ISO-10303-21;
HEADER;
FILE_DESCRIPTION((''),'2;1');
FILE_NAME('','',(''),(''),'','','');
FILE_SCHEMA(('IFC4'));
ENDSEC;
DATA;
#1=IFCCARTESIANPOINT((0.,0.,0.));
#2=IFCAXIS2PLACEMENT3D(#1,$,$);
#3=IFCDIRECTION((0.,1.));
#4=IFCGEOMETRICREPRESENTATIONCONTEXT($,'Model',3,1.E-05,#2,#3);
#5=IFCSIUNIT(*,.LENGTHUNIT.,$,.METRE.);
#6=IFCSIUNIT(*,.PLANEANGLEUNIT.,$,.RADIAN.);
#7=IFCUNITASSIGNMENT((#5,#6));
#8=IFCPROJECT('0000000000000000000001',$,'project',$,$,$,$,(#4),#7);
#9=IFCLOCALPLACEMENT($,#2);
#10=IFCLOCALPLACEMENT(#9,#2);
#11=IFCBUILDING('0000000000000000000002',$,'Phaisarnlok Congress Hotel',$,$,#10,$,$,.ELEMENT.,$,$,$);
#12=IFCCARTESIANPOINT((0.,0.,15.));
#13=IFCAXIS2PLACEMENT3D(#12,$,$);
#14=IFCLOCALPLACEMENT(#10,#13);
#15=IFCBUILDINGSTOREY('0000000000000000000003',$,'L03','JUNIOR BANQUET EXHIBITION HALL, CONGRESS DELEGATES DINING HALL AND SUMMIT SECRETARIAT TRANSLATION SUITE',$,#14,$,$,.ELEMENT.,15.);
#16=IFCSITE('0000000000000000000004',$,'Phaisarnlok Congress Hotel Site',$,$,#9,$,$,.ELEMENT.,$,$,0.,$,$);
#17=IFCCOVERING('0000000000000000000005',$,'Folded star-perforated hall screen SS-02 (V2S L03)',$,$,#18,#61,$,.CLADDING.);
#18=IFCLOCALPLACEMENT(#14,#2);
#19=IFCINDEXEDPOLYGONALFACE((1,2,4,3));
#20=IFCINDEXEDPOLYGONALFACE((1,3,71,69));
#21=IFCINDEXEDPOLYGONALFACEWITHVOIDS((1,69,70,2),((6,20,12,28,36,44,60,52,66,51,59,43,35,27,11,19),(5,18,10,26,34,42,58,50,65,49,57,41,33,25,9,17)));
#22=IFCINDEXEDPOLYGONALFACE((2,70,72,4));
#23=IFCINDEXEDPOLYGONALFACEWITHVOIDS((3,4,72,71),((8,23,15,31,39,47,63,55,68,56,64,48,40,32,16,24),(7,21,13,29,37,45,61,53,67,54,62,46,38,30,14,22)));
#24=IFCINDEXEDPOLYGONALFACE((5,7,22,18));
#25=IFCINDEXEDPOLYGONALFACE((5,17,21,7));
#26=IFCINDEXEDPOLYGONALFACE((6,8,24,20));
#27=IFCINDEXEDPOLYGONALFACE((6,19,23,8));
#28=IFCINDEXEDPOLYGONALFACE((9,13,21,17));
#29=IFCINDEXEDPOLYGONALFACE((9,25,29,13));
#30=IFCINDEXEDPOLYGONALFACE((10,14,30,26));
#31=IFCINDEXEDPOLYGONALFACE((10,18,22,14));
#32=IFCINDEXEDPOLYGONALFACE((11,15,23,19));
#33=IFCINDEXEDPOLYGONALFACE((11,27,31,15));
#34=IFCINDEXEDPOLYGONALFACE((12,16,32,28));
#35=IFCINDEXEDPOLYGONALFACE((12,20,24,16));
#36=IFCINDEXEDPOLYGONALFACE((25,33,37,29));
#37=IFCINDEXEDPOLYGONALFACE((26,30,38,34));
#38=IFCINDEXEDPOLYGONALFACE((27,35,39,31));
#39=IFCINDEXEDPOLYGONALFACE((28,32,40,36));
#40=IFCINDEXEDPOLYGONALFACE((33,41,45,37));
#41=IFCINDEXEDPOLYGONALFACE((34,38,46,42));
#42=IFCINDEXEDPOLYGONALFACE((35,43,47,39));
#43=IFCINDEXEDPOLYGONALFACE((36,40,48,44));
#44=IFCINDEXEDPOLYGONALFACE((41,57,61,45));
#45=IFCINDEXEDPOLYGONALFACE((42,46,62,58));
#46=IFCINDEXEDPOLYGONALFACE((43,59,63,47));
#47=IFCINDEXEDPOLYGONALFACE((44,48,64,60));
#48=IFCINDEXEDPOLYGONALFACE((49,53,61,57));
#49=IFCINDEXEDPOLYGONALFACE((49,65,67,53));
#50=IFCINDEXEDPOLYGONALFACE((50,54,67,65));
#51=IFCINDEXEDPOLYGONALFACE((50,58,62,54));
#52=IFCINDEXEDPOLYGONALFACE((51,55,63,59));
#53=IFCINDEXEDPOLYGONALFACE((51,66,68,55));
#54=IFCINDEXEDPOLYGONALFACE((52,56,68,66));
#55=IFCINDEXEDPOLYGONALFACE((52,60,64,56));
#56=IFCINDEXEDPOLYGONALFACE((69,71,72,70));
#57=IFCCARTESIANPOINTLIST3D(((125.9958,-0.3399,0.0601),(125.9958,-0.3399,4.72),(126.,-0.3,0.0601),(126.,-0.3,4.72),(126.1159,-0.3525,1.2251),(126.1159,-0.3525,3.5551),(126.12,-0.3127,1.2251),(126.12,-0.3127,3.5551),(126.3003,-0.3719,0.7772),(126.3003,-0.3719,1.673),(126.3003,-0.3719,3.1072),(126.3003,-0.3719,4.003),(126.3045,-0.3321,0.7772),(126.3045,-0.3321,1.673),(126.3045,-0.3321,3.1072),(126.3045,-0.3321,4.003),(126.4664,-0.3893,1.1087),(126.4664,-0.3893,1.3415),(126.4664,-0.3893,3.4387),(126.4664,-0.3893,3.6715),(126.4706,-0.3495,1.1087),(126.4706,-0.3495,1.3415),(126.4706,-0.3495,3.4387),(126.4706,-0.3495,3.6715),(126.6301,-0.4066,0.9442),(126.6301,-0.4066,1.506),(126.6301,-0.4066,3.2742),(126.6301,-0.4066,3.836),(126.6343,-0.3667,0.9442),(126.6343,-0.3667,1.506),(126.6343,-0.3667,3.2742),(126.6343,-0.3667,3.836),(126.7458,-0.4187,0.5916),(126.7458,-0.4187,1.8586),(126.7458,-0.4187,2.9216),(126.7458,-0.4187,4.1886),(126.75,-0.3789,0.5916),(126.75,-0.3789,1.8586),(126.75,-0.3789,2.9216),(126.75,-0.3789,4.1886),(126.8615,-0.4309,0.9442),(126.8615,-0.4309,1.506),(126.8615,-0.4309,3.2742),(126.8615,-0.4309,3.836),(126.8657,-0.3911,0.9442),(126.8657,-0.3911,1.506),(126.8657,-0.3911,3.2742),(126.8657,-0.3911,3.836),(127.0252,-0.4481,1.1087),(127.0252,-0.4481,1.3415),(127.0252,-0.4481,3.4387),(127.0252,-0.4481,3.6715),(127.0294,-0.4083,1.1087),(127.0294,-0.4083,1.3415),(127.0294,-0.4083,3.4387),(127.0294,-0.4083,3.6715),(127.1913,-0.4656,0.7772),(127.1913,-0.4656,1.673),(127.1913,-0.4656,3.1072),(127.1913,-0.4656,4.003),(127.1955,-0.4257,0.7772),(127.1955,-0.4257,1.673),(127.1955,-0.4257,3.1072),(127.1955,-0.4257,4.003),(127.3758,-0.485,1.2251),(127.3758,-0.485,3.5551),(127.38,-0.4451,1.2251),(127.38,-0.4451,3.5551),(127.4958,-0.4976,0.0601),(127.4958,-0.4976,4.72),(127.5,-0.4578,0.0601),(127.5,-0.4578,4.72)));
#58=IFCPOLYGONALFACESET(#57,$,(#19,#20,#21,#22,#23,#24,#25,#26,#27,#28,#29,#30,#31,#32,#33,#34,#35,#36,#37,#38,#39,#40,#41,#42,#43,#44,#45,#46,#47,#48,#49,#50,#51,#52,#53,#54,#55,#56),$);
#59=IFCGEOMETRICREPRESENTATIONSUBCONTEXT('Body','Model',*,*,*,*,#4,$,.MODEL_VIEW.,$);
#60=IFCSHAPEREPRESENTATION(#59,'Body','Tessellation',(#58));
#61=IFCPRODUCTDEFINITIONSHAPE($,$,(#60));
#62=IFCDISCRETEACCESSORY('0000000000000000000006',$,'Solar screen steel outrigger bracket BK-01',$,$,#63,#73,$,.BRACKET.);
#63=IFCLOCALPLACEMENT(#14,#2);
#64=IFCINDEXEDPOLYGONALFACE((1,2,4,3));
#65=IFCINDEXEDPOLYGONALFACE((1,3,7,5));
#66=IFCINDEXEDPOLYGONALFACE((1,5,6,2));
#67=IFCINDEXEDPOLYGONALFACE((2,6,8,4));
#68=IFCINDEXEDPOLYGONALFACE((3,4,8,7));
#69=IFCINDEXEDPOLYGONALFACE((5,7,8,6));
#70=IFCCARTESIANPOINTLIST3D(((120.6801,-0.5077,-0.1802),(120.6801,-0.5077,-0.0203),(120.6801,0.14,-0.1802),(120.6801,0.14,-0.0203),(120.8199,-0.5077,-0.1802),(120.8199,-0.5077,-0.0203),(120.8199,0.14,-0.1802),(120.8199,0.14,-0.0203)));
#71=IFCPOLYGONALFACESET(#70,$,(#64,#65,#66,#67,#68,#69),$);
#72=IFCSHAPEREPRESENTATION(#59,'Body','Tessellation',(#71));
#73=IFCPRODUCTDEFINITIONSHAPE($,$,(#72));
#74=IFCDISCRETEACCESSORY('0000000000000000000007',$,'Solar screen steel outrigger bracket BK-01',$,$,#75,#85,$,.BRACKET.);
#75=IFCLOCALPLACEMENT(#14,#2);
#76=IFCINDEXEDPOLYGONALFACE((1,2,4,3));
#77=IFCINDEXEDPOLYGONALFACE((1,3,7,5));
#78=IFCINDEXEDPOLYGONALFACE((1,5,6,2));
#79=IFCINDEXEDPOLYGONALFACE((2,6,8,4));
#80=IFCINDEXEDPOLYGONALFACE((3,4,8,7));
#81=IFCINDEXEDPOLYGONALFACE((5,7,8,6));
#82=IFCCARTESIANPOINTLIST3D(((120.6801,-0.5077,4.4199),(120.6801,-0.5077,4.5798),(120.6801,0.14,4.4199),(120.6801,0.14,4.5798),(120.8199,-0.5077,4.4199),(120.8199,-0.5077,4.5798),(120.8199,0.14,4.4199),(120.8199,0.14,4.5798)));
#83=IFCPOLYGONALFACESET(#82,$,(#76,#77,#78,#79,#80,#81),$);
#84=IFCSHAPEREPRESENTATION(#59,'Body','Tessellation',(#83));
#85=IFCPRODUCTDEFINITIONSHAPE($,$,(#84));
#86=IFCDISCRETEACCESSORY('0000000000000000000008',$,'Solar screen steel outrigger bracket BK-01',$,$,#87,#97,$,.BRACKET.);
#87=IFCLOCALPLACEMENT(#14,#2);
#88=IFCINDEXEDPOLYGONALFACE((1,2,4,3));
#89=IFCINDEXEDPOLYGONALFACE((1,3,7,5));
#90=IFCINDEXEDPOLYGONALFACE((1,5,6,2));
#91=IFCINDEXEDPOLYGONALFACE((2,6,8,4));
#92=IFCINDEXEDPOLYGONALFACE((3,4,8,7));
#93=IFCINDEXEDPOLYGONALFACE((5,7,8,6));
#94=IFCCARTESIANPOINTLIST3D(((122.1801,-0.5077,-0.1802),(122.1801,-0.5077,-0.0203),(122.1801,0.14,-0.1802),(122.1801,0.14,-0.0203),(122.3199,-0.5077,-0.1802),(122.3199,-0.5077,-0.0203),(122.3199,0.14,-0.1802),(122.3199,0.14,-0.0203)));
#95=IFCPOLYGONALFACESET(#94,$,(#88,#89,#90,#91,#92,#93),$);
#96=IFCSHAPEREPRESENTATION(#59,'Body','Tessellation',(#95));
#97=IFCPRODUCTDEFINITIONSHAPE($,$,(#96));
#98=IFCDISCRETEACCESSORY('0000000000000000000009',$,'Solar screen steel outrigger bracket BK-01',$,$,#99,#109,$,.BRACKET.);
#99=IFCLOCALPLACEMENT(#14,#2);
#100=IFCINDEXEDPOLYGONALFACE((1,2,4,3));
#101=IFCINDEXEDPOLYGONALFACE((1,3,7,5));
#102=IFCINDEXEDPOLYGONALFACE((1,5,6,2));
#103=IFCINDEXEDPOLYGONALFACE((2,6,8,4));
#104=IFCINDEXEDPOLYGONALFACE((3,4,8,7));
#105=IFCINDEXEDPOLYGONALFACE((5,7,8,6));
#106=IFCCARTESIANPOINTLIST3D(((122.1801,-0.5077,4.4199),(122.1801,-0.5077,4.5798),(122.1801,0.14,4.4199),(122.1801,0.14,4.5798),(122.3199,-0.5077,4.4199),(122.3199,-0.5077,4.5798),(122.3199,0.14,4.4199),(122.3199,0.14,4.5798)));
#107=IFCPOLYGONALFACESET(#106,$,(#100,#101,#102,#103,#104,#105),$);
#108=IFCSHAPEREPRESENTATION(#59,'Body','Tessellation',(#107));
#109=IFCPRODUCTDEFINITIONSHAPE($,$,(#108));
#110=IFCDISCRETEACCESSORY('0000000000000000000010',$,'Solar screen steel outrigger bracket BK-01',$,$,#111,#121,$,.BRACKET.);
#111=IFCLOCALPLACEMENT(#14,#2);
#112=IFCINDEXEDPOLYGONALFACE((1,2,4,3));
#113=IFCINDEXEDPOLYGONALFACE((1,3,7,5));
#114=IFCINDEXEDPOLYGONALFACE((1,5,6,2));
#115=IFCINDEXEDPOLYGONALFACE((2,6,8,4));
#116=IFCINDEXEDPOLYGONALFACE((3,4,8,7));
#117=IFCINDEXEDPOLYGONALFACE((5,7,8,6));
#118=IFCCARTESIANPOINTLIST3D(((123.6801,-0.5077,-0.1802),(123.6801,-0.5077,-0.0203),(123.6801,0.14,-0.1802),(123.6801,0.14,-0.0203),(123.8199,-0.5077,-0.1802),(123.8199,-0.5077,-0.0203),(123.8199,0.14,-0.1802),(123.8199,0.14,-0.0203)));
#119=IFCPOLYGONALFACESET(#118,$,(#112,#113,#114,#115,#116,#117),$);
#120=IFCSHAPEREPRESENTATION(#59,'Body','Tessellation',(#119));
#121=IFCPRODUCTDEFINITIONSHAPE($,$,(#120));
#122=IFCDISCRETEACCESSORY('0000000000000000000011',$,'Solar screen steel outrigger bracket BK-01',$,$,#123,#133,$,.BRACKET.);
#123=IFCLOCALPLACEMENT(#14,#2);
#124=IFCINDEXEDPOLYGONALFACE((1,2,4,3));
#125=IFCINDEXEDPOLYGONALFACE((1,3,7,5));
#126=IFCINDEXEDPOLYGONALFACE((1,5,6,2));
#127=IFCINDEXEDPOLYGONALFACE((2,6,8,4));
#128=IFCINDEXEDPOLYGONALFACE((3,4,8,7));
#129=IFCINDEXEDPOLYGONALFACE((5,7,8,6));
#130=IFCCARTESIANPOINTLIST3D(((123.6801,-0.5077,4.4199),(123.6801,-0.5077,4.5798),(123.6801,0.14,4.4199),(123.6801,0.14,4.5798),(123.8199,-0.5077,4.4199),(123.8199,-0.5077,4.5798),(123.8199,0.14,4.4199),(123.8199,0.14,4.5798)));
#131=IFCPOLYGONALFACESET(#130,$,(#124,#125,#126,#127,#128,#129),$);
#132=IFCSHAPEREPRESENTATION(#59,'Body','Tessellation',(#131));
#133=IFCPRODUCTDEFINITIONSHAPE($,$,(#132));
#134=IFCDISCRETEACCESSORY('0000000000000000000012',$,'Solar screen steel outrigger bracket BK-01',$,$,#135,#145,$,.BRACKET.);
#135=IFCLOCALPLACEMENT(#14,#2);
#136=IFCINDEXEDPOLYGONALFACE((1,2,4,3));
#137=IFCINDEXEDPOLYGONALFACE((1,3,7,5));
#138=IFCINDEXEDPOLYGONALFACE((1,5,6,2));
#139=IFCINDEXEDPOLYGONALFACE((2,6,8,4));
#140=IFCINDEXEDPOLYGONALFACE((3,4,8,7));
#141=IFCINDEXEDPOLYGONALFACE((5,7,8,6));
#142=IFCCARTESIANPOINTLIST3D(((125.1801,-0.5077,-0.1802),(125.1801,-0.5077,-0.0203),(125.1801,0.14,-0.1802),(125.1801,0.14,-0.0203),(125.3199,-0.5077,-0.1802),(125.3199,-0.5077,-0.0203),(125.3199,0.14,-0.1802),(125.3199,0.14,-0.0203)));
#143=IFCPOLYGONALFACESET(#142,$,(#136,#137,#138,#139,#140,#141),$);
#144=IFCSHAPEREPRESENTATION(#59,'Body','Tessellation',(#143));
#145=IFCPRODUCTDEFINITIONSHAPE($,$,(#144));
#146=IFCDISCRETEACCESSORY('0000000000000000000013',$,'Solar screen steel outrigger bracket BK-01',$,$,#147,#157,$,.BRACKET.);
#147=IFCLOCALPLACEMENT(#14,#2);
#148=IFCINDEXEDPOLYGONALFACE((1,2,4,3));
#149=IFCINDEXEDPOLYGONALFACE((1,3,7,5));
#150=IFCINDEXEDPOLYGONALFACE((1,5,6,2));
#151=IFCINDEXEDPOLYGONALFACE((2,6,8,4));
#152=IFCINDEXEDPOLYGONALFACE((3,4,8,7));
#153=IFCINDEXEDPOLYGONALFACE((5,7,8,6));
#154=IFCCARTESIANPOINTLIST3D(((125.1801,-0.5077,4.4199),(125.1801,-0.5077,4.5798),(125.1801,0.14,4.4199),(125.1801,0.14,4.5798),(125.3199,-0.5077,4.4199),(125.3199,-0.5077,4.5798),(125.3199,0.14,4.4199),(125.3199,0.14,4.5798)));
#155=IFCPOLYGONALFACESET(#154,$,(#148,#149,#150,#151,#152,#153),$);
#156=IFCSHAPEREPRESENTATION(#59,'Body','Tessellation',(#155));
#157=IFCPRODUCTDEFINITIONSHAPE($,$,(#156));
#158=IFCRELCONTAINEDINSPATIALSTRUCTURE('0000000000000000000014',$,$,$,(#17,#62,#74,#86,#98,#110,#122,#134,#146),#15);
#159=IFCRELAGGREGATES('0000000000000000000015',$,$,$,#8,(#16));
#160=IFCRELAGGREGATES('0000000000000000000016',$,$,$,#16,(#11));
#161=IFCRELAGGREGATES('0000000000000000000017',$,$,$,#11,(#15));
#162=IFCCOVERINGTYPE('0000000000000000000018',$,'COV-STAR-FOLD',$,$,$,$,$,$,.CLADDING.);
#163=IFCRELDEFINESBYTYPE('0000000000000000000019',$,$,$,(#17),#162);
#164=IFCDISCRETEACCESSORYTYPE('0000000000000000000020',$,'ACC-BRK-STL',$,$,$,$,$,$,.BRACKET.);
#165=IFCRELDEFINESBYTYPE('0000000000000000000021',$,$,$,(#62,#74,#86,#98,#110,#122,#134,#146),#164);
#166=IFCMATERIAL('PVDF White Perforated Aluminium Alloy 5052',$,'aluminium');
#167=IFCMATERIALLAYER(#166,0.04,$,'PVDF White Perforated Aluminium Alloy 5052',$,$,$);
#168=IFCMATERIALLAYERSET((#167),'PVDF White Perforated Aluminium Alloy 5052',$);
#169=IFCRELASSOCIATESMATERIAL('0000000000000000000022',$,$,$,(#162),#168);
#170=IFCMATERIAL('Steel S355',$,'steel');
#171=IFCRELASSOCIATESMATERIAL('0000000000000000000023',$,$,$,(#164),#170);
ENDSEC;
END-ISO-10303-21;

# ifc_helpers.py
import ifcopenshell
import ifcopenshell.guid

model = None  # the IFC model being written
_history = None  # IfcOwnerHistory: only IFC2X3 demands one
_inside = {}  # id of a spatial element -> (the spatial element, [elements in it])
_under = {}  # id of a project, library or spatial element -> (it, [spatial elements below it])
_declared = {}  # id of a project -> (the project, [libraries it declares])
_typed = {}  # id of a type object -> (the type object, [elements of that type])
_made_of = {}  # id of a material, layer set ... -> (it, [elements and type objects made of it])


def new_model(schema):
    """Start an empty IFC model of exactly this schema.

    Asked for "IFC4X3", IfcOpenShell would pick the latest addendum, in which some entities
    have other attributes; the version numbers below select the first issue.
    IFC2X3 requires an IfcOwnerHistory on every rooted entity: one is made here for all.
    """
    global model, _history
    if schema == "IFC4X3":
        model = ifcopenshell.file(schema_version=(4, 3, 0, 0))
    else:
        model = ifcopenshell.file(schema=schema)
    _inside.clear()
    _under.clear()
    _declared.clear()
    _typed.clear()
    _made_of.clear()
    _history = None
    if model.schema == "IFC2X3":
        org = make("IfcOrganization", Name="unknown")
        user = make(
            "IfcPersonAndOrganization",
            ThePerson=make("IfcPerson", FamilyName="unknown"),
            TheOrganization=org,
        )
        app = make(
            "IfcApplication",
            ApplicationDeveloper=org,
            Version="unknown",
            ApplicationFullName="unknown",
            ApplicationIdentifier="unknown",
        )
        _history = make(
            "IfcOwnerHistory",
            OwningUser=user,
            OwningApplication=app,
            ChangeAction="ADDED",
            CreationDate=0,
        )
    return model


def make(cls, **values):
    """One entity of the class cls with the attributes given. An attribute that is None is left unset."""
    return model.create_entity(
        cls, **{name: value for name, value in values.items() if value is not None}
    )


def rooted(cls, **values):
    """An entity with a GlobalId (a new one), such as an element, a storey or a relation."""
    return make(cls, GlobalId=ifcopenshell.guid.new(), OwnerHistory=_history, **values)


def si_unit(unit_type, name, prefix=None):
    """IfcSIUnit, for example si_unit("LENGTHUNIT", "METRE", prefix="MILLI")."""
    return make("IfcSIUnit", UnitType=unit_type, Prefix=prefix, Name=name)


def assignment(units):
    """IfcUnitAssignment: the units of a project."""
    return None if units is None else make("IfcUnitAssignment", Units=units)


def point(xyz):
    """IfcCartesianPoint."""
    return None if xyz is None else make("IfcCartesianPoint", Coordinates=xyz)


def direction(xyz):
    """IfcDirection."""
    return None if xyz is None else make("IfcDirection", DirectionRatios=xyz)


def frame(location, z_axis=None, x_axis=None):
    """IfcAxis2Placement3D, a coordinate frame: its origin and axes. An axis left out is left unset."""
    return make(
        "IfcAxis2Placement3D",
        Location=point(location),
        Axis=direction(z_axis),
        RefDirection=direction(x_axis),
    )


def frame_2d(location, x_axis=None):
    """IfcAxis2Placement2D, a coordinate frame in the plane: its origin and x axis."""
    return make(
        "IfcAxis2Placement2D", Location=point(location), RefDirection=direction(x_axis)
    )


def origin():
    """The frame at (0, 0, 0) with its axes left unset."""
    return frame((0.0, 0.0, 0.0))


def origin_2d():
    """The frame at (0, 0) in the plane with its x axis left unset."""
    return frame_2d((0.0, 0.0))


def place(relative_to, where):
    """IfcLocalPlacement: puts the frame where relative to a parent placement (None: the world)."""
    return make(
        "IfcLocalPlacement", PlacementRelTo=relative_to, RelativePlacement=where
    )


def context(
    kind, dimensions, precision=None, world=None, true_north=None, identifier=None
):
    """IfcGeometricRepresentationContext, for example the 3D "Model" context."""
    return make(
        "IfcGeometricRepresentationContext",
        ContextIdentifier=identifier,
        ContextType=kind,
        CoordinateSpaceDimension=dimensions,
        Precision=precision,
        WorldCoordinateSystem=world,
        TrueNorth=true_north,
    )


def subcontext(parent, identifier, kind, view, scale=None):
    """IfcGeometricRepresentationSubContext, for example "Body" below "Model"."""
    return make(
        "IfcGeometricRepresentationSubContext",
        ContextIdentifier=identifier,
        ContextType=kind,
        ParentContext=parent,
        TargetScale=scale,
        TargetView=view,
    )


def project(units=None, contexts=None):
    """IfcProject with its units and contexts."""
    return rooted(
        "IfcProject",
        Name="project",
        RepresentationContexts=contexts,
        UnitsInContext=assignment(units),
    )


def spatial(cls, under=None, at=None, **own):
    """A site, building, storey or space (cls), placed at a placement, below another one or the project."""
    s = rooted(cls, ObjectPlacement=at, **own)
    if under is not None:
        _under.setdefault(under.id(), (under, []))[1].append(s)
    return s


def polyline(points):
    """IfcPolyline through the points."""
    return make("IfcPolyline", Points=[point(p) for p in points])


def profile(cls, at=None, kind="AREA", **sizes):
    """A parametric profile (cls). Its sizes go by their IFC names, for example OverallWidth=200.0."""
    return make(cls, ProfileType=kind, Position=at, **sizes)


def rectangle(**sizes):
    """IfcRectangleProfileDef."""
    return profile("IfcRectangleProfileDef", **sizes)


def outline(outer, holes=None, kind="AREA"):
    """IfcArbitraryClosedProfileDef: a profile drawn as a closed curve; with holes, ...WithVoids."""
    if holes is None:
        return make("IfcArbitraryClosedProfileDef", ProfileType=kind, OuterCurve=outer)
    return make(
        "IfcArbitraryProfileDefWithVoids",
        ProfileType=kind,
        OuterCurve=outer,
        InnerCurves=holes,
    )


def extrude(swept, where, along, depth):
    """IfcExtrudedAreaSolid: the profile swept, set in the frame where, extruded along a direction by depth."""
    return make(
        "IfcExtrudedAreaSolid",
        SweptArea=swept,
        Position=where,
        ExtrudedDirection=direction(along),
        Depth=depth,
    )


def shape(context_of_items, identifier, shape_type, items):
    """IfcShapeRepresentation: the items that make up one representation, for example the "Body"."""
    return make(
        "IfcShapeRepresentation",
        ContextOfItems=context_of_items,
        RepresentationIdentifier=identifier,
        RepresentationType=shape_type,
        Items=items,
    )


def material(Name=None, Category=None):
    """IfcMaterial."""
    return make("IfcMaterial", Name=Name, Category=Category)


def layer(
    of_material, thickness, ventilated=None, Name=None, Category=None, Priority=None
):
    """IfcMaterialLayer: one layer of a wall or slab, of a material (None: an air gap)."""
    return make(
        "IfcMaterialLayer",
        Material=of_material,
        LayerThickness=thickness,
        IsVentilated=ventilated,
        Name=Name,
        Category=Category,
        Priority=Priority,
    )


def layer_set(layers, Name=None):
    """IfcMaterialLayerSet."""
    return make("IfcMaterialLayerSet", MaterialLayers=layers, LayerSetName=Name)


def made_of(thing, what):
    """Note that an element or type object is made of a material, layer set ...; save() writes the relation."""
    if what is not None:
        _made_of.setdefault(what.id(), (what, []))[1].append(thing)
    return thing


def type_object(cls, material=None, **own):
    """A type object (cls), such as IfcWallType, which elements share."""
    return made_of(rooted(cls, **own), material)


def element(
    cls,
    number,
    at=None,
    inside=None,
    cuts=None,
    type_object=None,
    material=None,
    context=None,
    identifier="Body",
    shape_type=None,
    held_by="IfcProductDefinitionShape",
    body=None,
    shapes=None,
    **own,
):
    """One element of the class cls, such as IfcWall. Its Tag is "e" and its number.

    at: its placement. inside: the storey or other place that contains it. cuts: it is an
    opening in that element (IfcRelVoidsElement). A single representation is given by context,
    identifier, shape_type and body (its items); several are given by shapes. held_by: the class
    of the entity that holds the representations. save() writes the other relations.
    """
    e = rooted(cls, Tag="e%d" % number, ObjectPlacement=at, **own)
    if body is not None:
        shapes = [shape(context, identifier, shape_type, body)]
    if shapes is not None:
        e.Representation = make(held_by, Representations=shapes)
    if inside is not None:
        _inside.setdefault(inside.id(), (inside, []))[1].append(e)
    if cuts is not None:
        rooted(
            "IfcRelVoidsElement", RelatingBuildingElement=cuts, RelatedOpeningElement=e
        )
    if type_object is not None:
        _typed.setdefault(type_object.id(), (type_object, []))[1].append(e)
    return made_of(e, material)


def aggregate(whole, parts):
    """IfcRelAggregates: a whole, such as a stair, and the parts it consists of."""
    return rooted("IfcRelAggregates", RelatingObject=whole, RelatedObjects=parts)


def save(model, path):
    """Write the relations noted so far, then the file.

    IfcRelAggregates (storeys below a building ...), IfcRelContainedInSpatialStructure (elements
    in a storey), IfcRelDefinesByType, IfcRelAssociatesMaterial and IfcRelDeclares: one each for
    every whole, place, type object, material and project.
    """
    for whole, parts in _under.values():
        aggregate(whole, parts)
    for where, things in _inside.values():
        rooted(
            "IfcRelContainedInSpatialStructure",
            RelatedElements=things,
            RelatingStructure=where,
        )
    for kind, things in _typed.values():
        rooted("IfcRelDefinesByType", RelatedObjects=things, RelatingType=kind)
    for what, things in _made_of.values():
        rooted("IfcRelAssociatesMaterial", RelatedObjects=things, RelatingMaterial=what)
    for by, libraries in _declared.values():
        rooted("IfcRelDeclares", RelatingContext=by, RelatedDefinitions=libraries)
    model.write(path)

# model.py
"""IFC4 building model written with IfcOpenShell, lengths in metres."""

from ifc_helpers import new_model, si_unit, direction, frame, origin, origin_2d, place, context, subcontext, project, spatial, polyline, rectangle, outline, extrude, material, layer, layer_set, type_object, element, save


model = new_model("IFC4")

# Units and contexts
model_context = context("Model", 3, precision=1e-05, world=origin(), true_north=direction((0.0, 1.0)))
body_context = subcontext(model_context, "Body", "Model", "MODEL_VIEW")
ifc_project = project(units=[si_unit("LENGTHUNIT", "METRE"), si_unit("PLANEANGLEUNIT", "RADIAN")], contexts=[model_context])

# Site, building, storey
site_placement = place(None, origin())
site = spatial("IfcSite", under=ifc_project, at=site_placement, Name="Phaisarnlok Congress Hotel Site", CompositionType="ELEMENT", RefElevation=0.0)
building_placement = place(site_placement, origin())
building = spatial("IfcBuilding", under=site, at=building_placement, Name="Phaisarnlok Congress Hotel", CompositionType="ELEMENT")
storey_placement = place(building_placement, frame((0.0, 0.0, 15.0)))
storey = spatial("IfcBuildingStorey", under=building, at=storey_placement, Name="L03", Description="JUNIOR BANQUET EXHIBITION HALL, CONGRESS DELEGATES DINING HALL AND SUMMIT SECRETARIAT TRANSLATION SUITE", CompositionType="ELEMENT", Elevation=15.0)

# Shared definitions
ifc_material_1 = material(Name="Steel S355", Category="steel")

# Covering
ifc_material_2 = material(Name="PVDF White Perforated Aluminium Alloy 5052", Category="aluminium")
ifc_layer_1 = layer(ifc_material_2, 0.04, Name="PVDF White Perforated Aluminium Alloy 5052")
ifc_layer_set_1 = layer_set([ifc_layer_1], Name="PVDF White Perforated Aluminium Alloy 5052")
covering_type = type_object("IfcCoveringType", Name="COV-STAR-FOLD", PredefinedType="CLADDING", material=ifc_layer_set_1)
for number, where, z_axis, x_axis, name in (
    (1, (126.0, -0.3, 0.0601), (-0.104567, -0.994518, 0.0), (0.994518, -0.104567, 0.0), "Folded star-perforated hall screen SS-02 (V2S L03)"),
):
    element("IfcCovering", number, at=place(storey_placement, frame(where, z_axis=z_axis, x_axis=x_axis)), inside=storey, type_object=covering_type, Name=name, PredefinedType="CLADDING", context=body_context, shape_type="SweptSolid", body=[
        extrude(outline(polyline([(0.0, 0.0), (1.5083, 0.0), (1.5083, 4.6599), (0.0, 4.6599), (0.0, 0.0)]), holes=[polyline([(1.0351, 1.0486), (1.2021, 0.7171), (0.8705, 0.8841), (0.7541, 0.5315), (0.6378, 0.8841), (0.3062, 0.7171), (0.4732, 1.0486), (0.1207, 1.165), (0.4732, 1.2814), (0.3062, 1.6129), (0.6378, 1.4459), (0.7541, 1.7985), (0.8705, 1.4459), (1.2021, 1.6129), (1.0351, 1.2814), (1.3876, 1.165), (1.0351, 1.0486)]), polyline([(1.0351, 3.3786), (1.2021, 3.0471), (0.8705, 3.2141), (0.7541, 2.8615), (0.6378, 3.2141), (0.3062, 3.0471), (0.4732, 3.3786), (0.1207, 3.495), (0.4732, 3.6114), (0.3062, 3.9429), (0.6378, 3.7759), (0.7541, 4.1285), (0.8705, 3.7759), (1.2021, 3.9429), (1.0351, 3.6114), (1.3876, 3.495), (1.0351, 3.3786)])]), origin(), (0.0, 0.0, 1.0), 0.04),
    ])

# Discrete accessories
discrete_accessory_type = type_object("IfcDiscreteAccessoryType", Name="ACC-BRK-STL", PredefinedType="BRACKET", material=ifc_material_1)
for number, where, z_axis, x_axis, name in (
    (2, (120.75, -0.1838, -0.1802), (0.0, 0.0, 1.0), (1.0, 0.0, 0.0), "Solar screen steel outrigger bracket BK-01"),
    (3, (120.75, -0.1838, 4.4199), (0.0, 0.0, 1.0), (1.0, 0.0, 0.0), "Solar screen steel outrigger bracket BK-01"),
    (4, (122.25, -0.1838, -0.1802), (0.0, 0.0, 1.0), (1.0, 0.0, 0.0), "Solar screen steel outrigger bracket BK-01"),
    (5, (122.25, -0.1838, 4.4199), (0.0, 0.0, 1.0), (1.0, 0.0, 0.0), "Solar screen steel outrigger bracket BK-01"),
    (6, (123.75, -0.1838, -0.1802), (0.0, 0.0, 1.0), (1.0, 0.0, 0.0), "Solar screen steel outrigger bracket BK-01"),
    (7, (123.75, -0.1838, 4.4199), (0.0, 0.0, 1.0), (1.0, 0.0, 0.0), "Solar screen steel outrigger bracket BK-01"),
    (8, (125.25, -0.1838, -0.1802), (0.0, 0.0, 1.0), (1.0, 0.0, 0.0), "Solar screen steel outrigger bracket BK-01"),
    (9, (125.25, -0.1838, 4.4199), (0.0, 0.0, 1.0), (1.0, 0.0, 0.0), "Solar screen steel outrigger bracket BK-01"),
):
    element("IfcDiscreteAccessory", number, at=place(storey_placement, frame(where, z_axis=z_axis, x_axis=x_axis)), inside=storey, type_object=discrete_accessory_type, Name=name, PredefinedType="BRACKET", context=body_context, shape_type="SweptSolid", body=[
        extrude(rectangle(XDim=0.1399, YDim=0.6477, at=origin_2d()), origin(), (0.0, 0.0, 1.0), 0.1599),
    ])

save(model, "model.ifc")
